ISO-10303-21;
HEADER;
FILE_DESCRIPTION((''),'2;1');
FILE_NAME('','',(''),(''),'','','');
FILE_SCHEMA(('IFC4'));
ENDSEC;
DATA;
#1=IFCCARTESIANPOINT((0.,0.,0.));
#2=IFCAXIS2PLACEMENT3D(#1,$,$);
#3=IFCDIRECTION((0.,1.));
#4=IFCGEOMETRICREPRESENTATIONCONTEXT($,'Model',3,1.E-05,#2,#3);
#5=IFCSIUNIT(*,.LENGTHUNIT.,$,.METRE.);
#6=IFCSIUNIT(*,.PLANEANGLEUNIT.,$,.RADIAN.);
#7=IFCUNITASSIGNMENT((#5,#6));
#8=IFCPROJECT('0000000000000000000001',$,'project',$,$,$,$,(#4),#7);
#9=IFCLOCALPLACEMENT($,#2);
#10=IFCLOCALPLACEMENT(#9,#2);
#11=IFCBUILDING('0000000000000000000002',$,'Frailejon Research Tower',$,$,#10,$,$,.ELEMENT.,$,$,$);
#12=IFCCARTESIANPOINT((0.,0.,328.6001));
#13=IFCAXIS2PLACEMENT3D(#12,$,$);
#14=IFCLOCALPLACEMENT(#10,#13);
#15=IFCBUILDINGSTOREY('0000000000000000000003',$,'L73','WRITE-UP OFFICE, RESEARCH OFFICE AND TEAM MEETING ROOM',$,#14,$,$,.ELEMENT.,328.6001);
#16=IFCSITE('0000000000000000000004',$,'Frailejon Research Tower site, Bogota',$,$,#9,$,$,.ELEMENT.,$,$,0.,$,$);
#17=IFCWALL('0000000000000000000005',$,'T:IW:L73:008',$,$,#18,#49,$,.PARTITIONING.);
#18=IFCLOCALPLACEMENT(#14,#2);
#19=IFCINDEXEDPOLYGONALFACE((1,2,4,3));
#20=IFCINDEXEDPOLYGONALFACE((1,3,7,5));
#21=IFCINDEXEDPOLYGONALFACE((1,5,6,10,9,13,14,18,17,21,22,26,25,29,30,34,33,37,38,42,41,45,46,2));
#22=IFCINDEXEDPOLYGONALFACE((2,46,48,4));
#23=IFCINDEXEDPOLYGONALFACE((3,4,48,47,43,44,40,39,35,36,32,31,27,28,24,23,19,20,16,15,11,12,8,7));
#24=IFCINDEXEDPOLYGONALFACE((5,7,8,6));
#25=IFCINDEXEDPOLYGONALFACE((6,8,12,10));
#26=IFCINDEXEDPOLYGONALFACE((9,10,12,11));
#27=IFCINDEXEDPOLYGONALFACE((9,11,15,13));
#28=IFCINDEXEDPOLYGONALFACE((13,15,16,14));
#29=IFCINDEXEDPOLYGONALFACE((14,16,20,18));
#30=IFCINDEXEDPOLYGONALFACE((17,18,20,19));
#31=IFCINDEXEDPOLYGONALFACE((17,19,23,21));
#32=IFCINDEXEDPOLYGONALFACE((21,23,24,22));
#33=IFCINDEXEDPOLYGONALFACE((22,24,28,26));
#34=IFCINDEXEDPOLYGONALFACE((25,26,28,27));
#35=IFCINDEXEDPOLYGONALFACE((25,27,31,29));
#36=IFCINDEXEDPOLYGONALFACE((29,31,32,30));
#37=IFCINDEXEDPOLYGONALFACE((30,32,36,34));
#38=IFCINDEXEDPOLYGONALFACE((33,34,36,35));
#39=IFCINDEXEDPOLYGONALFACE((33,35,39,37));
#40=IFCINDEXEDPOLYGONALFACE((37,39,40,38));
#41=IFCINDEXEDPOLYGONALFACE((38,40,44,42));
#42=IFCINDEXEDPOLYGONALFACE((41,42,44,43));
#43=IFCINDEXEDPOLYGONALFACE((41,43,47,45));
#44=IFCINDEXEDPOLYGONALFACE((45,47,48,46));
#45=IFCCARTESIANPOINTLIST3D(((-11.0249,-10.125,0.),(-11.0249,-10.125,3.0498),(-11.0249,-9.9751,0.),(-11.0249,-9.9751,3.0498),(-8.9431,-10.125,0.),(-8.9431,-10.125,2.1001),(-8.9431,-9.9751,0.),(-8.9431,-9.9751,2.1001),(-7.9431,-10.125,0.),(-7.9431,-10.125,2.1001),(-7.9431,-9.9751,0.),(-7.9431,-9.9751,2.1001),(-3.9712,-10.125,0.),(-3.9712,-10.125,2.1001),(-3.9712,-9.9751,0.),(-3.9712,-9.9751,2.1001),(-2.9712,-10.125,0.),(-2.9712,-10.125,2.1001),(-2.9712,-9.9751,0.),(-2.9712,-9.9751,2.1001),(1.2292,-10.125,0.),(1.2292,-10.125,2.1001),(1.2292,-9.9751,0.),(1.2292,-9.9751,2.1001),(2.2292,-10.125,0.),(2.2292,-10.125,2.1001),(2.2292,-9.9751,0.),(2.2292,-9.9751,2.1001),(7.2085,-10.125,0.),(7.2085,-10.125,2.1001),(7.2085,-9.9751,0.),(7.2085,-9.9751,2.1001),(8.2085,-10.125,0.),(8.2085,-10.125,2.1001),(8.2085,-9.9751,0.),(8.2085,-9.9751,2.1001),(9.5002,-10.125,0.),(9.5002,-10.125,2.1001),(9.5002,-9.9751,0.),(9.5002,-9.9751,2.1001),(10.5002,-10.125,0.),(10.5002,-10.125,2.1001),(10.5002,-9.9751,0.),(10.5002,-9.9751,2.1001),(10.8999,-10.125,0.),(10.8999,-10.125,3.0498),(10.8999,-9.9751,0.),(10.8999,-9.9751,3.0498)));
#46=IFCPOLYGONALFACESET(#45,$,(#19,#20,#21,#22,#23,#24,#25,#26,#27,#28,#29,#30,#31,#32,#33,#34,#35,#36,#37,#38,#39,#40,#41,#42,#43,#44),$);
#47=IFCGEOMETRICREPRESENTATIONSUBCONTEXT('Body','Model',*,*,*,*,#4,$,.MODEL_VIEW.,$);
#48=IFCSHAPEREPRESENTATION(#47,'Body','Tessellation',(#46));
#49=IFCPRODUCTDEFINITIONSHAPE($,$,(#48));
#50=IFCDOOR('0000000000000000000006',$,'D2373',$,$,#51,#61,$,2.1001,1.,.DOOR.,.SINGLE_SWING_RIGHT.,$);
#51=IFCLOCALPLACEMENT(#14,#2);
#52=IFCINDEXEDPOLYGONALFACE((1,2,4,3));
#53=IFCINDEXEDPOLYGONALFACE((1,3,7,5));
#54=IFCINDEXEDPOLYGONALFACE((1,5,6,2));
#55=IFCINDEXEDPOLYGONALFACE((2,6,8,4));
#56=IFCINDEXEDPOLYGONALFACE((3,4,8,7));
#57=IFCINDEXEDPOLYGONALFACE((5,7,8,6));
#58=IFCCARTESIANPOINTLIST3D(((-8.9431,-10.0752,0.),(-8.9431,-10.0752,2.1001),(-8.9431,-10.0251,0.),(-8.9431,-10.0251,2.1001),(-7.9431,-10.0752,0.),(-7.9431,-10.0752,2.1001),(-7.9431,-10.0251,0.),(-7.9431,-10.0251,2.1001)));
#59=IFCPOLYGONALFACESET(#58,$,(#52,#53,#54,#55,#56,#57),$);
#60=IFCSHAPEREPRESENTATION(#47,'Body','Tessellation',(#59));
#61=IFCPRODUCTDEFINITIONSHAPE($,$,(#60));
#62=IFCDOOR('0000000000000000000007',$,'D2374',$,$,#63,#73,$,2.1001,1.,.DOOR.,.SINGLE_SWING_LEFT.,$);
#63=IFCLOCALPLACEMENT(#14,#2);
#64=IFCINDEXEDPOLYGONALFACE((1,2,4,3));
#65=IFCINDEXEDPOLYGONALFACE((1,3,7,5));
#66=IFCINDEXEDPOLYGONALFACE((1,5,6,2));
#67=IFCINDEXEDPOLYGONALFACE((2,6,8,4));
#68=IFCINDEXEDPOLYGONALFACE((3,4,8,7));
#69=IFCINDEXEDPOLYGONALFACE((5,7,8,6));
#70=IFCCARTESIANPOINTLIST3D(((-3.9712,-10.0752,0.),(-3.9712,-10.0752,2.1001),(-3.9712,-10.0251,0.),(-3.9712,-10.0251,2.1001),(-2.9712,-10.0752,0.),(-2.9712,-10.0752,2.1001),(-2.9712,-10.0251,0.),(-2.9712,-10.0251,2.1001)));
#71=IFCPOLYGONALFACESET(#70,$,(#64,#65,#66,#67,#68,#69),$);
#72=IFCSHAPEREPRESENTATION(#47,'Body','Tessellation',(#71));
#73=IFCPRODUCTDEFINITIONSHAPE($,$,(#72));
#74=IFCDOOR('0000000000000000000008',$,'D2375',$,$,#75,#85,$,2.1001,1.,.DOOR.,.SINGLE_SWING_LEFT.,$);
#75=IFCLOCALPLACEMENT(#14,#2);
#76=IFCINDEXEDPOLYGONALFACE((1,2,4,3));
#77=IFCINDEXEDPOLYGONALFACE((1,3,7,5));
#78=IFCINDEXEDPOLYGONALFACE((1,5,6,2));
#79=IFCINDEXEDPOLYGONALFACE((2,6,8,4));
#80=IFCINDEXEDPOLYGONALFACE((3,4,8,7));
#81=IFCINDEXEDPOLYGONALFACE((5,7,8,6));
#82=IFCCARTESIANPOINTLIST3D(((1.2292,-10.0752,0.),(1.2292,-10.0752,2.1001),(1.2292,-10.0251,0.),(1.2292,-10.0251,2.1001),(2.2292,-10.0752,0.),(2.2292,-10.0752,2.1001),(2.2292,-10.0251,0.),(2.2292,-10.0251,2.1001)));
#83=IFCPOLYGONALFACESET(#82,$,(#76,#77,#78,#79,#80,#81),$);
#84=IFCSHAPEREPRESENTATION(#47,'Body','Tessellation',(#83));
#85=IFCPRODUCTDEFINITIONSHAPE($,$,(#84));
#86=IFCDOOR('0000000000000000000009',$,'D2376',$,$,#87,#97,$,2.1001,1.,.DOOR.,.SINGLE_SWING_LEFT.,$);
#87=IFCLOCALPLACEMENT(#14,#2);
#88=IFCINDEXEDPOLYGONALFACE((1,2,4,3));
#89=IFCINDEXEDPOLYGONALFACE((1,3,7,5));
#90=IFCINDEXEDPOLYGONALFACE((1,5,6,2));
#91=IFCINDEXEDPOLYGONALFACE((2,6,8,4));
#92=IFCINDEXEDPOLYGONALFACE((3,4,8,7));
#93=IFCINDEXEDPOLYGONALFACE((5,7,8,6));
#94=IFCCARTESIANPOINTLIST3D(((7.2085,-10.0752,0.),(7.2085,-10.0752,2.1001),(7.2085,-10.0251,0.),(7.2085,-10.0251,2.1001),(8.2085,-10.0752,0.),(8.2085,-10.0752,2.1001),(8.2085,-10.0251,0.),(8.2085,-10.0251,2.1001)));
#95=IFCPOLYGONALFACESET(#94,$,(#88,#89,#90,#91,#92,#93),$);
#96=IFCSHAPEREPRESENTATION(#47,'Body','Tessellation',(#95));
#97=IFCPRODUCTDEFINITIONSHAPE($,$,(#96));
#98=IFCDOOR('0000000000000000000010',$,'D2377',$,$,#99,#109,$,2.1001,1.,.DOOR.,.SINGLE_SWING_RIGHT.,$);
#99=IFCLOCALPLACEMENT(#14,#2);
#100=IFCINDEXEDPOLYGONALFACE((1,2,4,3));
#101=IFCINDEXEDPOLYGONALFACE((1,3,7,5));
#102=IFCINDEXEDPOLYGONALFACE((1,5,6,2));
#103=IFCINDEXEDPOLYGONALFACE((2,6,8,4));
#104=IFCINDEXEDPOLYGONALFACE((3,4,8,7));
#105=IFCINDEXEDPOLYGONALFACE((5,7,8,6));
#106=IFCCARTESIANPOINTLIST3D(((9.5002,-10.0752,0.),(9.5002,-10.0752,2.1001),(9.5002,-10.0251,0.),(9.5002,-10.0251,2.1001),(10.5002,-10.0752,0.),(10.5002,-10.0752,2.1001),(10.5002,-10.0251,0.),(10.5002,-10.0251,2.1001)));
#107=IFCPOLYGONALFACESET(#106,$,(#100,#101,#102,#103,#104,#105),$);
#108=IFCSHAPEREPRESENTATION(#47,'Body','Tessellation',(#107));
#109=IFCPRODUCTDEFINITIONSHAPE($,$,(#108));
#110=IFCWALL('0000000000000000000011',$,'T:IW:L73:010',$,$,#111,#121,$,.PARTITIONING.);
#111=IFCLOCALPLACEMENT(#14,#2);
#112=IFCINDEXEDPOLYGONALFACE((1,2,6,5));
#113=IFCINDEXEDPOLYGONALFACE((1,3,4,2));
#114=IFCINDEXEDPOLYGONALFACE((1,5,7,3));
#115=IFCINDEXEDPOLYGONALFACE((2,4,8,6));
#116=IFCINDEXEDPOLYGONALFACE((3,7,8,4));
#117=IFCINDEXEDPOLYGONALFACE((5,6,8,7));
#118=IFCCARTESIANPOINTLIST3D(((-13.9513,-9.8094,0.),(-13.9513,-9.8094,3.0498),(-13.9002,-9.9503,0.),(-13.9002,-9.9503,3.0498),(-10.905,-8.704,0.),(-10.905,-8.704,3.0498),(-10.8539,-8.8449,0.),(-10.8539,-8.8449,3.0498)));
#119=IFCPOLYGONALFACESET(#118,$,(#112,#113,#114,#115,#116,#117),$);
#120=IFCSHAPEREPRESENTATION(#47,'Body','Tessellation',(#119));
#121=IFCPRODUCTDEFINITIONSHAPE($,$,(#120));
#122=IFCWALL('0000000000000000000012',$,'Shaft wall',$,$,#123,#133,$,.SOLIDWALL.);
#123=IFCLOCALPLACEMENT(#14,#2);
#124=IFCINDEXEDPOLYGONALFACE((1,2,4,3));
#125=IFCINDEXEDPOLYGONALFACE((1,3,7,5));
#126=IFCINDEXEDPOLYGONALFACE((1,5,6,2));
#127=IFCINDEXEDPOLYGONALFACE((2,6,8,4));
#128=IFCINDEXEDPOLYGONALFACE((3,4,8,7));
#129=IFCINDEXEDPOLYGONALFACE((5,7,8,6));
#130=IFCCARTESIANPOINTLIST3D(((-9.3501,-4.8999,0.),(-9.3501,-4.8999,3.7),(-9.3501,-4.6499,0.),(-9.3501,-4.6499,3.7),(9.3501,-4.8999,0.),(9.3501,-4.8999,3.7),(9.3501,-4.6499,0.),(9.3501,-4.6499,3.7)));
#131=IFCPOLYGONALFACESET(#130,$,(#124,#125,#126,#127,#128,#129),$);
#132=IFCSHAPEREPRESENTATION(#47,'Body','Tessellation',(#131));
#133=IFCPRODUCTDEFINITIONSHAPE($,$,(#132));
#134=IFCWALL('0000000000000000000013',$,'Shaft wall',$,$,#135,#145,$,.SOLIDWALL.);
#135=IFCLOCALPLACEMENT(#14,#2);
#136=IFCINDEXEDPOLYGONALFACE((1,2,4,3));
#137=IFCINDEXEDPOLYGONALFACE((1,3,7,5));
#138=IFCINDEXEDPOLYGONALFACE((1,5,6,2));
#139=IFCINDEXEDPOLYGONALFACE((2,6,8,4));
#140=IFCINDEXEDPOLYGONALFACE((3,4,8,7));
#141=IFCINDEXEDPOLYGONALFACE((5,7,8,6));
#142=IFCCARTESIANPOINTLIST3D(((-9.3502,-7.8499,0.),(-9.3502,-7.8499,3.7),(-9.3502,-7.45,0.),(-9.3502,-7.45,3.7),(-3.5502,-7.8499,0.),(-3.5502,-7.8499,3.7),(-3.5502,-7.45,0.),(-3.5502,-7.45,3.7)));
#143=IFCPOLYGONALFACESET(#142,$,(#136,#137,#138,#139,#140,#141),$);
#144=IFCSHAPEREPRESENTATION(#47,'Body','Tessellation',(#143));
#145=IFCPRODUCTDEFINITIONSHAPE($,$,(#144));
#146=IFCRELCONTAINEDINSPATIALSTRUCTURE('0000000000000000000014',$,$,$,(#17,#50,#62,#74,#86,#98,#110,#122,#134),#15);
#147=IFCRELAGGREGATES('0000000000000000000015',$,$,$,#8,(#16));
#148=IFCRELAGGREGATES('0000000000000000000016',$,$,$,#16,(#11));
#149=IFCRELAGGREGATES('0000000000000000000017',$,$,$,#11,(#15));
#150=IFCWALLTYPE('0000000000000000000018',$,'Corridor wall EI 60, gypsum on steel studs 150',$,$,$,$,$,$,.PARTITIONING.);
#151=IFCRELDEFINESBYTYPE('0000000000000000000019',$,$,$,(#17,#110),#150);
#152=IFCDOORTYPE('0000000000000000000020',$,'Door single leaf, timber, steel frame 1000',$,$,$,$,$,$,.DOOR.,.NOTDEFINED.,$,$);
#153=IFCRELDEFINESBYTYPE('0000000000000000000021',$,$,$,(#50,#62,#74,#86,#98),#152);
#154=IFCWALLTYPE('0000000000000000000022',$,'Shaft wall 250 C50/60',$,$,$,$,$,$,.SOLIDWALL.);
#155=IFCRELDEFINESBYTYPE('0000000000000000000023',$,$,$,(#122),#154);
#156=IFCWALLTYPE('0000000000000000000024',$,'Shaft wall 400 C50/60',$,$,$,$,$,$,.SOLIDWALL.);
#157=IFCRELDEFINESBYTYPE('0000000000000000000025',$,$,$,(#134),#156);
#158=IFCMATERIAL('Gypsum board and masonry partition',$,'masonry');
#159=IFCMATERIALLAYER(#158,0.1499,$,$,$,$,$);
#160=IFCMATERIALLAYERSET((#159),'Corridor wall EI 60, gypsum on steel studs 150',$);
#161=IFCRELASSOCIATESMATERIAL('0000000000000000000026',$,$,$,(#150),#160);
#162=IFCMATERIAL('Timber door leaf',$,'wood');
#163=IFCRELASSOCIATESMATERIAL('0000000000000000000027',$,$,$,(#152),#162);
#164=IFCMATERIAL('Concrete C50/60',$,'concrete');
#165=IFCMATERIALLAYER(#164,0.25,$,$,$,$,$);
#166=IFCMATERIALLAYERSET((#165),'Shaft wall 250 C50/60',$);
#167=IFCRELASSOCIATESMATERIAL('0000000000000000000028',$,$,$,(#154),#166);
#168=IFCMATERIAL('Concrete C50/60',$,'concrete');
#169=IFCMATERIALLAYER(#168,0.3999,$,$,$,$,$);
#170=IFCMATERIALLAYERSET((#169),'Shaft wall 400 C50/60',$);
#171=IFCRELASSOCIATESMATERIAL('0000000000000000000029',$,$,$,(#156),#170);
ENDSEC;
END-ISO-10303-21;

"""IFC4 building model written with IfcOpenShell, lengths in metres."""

from ifc_helpers import new_model, si_unit, direction, frame, frame_2d, origin, place, context, subcontext, project, spatial, rectangle, extrude, material, layer, layer_set, type_object, element, fill, save


model = new_model("IFC4")

# Units and contexts
model_context = context("Model", 3, precision=1e-05, world=origin(), true_north=direction((0.0, 1.0)))
body_context = subcontext(model_context, "Body", "Model", "MODEL_VIEW")
ifc_project = project(units=[si_unit("LENGTHUNIT", "METRE"), si_unit("PLANEANGLEUNIT", "RADIAN")], contexts=[model_context])

# Site, building, storey
site_placement = place(None, origin())
site = spatial("IfcSite", under=ifc_project, at=site_placement, Name="Frailejon Research Tower site, Bogota", CompositionType="ELEMENT", RefElevation=0.0)
building_placement = place(site_placement, origin())
building = spatial("IfcBuilding", under=site, at=building_placement, Name="Frailejon Research Tower", CompositionType="ELEMENT")
storey_placement = place(building_placement, frame((0.0, 0.0, 328.6001)))
storey = spatial("IfcBuildingStorey", under=building, at=storey_placement, Name="L73", Description="WRITE-UP OFFICE, RESEARCH OFFICE AND TEAM MEETING ROOM", CompositionType="ELEMENT", Elevation=328.6001)

# Shared definitions
ifc_material_1 = material(Name="Gypsum board and masonry partition", Category="masonry")
ifc_layer_1 = layer(ifc_material_1, 0.1499)
ifc_layer_set_1 = layer_set([ifc_layer_1], Name="Corridor wall EI 60, gypsum on steel studs 150")
wall_type_1 = type_object("IfcWallType", Name="Corridor wall EI 60, gypsum on steel studs 150", PredefinedType="PARTITIONING", material=ifc_layer_set_1)

# Wall, openings, doors
ifc_material_2 = material(Name="Timber door leaf", Category="wood")
door_type_1 = type_object("IfcDoorType", Name="Door single leaf, timber, steel frame 1000", OperationType="NOTDEFINED", PredefinedType="DOOR", material=ifc_material_2)
wall_1_placement = place(storey_placement, frame((-11.0249, -10.05, 0.0), z_axis=(0.0, 0.0, 1.0), x_axis=(1.0, 0.0, 0.0)))
wall_1 = element("IfcWall", 1, at=wall_1_placement, inside=storey, type_object=wall_type_1, Name="T:IW:L73:008", PredefinedType="PARTITIONING", context=body_context, shape_type="SweptSolid", body=[
    extrude(rectangle(XDim=21.9248, YDim=0.1499, at=frame_2d((10.9624, 0.0))), origin(), (0.0, 0.0, 1.0), 3.0498),
])
opening_1_placement = place(wall_1_placement, frame((2.0818, 0.0, 0.0)))
opening_1 = element("IfcOpeningElement", 2, at=opening_1_placement, cuts=wall_1, PredefinedType="OPENING", context=body_context, shape_type="SweptSolid", body=[
    extrude(rectangle(XDim=1.0, YDim=2.1001, at=frame_2d((0.5, 1.05))), frame((0.0, 0.085, 0.0), z_axis=(0.0, -1.0, 0.0), x_axis=(1.0, 0.0, 0.0)), (0.0, 0.0, 1.0), 0.1699),
])
opening_2_placement = place(wall_1_placement, frame((7.0537, 0.0, 0.0)))
opening_2 = element("IfcOpeningElement", 3, at=opening_2_placement, cuts=wall_1, PredefinedType="OPENING", context=body_context, shape_type="SweptSolid", body=[
    extrude(rectangle(XDim=1.0, YDim=2.1001, at=frame_2d((0.5, 1.05))), frame((0.0, 0.085, 0.0), z_axis=(0.0, -1.0, 0.0), x_axis=(1.0, 0.0, 0.0)), (0.0, 0.0, 1.0), 0.1699),
])
opening_3_placement = place(wall_1_placement, frame((12.2542, 0.0, 0.0)))
opening_3 = element("IfcOpeningElement", 4, at=opening_3_placement, cuts=wall_1, PredefinedType="OPENING", context=body_context, shape_type="SweptSolid", body=[
    extrude(rectangle(XDim=1.0, YDim=2.1001, at=frame_2d((0.5, 1.05))), frame((0.0, 0.085, 0.0), z_axis=(0.0, -1.0, 0.0), x_axis=(1.0, 0.0, 0.0)), (0.0, 0.0, 1.0), 0.1699),
])
opening_4_placement = place(wall_1_placement, frame((18.2334, 0.0, 0.0)))
opening_4 = element("IfcOpeningElement", 5, at=opening_4_placement, cuts=wall_1, PredefinedType="OPENING", context=body_context, shape_type="SweptSolid", body=[
    extrude(rectangle(XDim=1.0, YDim=2.1001, at=frame_2d((0.5, 1.05))), frame((0.0, 0.085, 0.0), z_axis=(0.0, -1.0, 0.0), x_axis=(1.0, 0.0, 0.0)), (0.0, 0.0, 1.0), 0.1699),
])
opening_5_placement = place(wall_1_placement, frame((20.5251, 0.0, 0.0)))
opening_5 = element("IfcOpeningElement", 6, at=opening_5_placement, cuts=wall_1, PredefinedType="OPENING", context=body_context, shape_type="SweptSolid", body=[
    extrude(rectangle(XDim=1.0, YDim=2.1001, at=frame_2d((0.5, 1.05))), frame((0.0, 0.085, 0.0), z_axis=(0.0, -1.0, 0.0), x_axis=(1.0, 0.0, 0.0)), (0.0, 0.0, 1.0), 0.1699),
])
door_1_placement = place(opening_1_placement, origin())
door_1 = element("IfcDoor", 7, at=door_1_placement, inside=storey, type_object=door_type_1, Name="D2373", OperationType="SINGLE_SWING_RIGHT", OverallHeight=2.1001, OverallWidth=1.0, PredefinedType="DOOR", context=body_context, shape_type="SweptSolid", body=[
    extrude(rectangle(XDim=1.0, YDim=2.1001, at=frame_2d((0.5, 1.05))), frame((0.0, 0.0249, 0.0), z_axis=(0.0, -1.0, 0.0), x_axis=(1.0, 0.0, 0.0)), (0.0, 0.0, 1.0), 0.05),
])
fill(opening_1, door_1)
door_2_placement = place(opening_2_placement, origin())
door_2 = element("IfcDoor", 8, at=door_2_placement, inside=storey, type_object=door_type_1, Name="D2374", OperationType="SINGLE_SWING_LEFT", OverallHeight=2.1001, OverallWidth=1.0, PredefinedType="DOOR", context=body_context, shape_type="SweptSolid", body=[
    extrude(rectangle(XDim=1.0, YDim=2.1001, at=frame_2d((0.5, 1.05))), frame((0.0, 0.0249, 0.0), z_axis=(0.0, -1.0, 0.0), x_axis=(1.0, 0.0, 0.0)), (0.0, 0.0, 1.0), 0.05),
])
fill(opening_2, door_2)
door_3_placement = place(opening_3_placement, origin())
door_3 = element("IfcDoor", 9, at=door_3_placement, inside=storey, type_object=door_type_1, Name="D2375", OperationType="SINGLE_SWING_LEFT", OverallHeight=2.1001, OverallWidth=1.0, PredefinedType="DOOR", context=body_context, shape_type="SweptSolid", body=[
    extrude(rectangle(XDim=1.0, YDim=2.1001, at=frame_2d((0.5, 1.05))), frame((0.0, 0.0249, 0.0), z_axis=(0.0, -1.0, 0.0), x_axis=(1.0, 0.0, 0.0)), (0.0, 0.0, 1.0), 0.05),
])
fill(opening_3, door_3)
door_4_placement = place(opening_4_placement, origin())
door_4 = element("IfcDoor", 10, at=door_4_placement, inside=storey, type_object=door_type_1, Name="D2376", OperationType="SINGLE_SWING_LEFT", OverallHeight=2.1001, OverallWidth=1.0, PredefinedType="DOOR", context=body_context, shape_type="SweptSolid", body=[
    extrude(rectangle(XDim=1.0, YDim=2.1001, at=frame_2d((0.5, 1.05))), frame((0.0, 0.0249, 0.0), z_axis=(0.0, -1.0, 0.0), x_axis=(1.0, 0.0, 0.0)), (0.0, 0.0, 1.0), 0.05),
])
fill(opening_4, door_4)
door_5_placement = place(opening_5_placement, origin())
door_5 = element("IfcDoor", 11, at=door_5_placement, inside=storey, type_object=door_type_1, Name="D2377", OperationType="SINGLE_SWING_RIGHT", OverallHeight=2.1001, OverallWidth=1.0, PredefinedType="DOOR", context=body_context, shape_type="SweptSolid", body=[
    extrude(rectangle(XDim=1.0, YDim=2.1001, at=frame_2d((0.5, 1.05))), frame((0.0, 0.0249, 0.0), z_axis=(0.0, -1.0, 0.0), x_axis=(1.0, 0.0, 0.0)), (0.0, 0.0, 1.0), 0.05),
])
fill(opening_5, door_5)

# Walls
wall_2_placement = place(storey_placement, frame((-13.9258, -9.8799, 0.0), z_axis=(0.0, 0.0, 1.0), x_axis=(0.940022, 0.341114, 0.0)))
element("IfcWall", 12, at=wall_2_placement, inside=storey, type_object=wall_type_1, Name="T:IW:L73:010", PredefinedType="PARTITIONING", context=body_context, shape_type="SweptSolid", body=[
    extrude(rectangle(XDim=3.2407, YDim=0.1499, at=frame_2d((1.6204, 0.0))), origin(), (0.0, 0.0, 1.0), 3.0498),
])
ifc_material_3 = material(Name="Concrete C50/60", Category="concrete")
ifc_layer_2 = layer(ifc_material_3, 0.25)
ifc_layer_set_2 = layer_set([ifc_layer_2], Name="Shaft wall 250 C50/60")
wall_type_2 = type_object("IfcWallType", Name="Shaft wall 250 C50/60", PredefinedType="SOLIDWALL", material=ifc_layer_set_2)
wall_3_placement = place(storey_placement, frame((-9.3501, -4.7749, 0.0), z_axis=(0.0, 0.0, 1.0), x_axis=(1.0, 0.0, 0.0)))
element("IfcWall", 13, at=wall_3_placement, inside=storey, type_object=wall_type_2, Name="Shaft wall", PredefinedType="SOLIDWALL", context=body_context, shape_type="SweptSolid", body=[
    extrude(rectangle(XDim=18.7002, YDim=0.25, at=frame_2d((9.3501, 0.0))), origin(), (0.0, 0.0, 1.0), 3.7),
])
ifc_material_4 = material(Name="Concrete C50/60", Category="concrete")
ifc_layer_3 = layer(ifc_material_4, 0.3999)
ifc_layer_set_3 = layer_set([ifc_layer_3], Name="Shaft wall 400 C50/60")
wall_type_3 = type_object("IfcWallType", Name="Shaft wall 400 C50/60", PredefinedType="SOLIDWALL", material=ifc_layer_set_3)
wall_4_placement = place(storey_placement, frame((-9.3501, -7.6499, 0.0), z_axis=(0.0, 0.0, 1.0), x_axis=(1.0, 0.0, 0.0)))
element("IfcWall", 14, at=wall_4_placement, inside=storey, type_object=wall_type_3, Name="Shaft wall", PredefinedType="SOLIDWALL", context=body_context, shape_type="SweptSolid", body=[
    extrude(rectangle(XDim=5.8, YDim=0.3999, at=frame_2d((2.8999, 0.0))), origin(), (0.0, 0.0, 1.0), 3.7),
])

save(model, "model.ifc")
